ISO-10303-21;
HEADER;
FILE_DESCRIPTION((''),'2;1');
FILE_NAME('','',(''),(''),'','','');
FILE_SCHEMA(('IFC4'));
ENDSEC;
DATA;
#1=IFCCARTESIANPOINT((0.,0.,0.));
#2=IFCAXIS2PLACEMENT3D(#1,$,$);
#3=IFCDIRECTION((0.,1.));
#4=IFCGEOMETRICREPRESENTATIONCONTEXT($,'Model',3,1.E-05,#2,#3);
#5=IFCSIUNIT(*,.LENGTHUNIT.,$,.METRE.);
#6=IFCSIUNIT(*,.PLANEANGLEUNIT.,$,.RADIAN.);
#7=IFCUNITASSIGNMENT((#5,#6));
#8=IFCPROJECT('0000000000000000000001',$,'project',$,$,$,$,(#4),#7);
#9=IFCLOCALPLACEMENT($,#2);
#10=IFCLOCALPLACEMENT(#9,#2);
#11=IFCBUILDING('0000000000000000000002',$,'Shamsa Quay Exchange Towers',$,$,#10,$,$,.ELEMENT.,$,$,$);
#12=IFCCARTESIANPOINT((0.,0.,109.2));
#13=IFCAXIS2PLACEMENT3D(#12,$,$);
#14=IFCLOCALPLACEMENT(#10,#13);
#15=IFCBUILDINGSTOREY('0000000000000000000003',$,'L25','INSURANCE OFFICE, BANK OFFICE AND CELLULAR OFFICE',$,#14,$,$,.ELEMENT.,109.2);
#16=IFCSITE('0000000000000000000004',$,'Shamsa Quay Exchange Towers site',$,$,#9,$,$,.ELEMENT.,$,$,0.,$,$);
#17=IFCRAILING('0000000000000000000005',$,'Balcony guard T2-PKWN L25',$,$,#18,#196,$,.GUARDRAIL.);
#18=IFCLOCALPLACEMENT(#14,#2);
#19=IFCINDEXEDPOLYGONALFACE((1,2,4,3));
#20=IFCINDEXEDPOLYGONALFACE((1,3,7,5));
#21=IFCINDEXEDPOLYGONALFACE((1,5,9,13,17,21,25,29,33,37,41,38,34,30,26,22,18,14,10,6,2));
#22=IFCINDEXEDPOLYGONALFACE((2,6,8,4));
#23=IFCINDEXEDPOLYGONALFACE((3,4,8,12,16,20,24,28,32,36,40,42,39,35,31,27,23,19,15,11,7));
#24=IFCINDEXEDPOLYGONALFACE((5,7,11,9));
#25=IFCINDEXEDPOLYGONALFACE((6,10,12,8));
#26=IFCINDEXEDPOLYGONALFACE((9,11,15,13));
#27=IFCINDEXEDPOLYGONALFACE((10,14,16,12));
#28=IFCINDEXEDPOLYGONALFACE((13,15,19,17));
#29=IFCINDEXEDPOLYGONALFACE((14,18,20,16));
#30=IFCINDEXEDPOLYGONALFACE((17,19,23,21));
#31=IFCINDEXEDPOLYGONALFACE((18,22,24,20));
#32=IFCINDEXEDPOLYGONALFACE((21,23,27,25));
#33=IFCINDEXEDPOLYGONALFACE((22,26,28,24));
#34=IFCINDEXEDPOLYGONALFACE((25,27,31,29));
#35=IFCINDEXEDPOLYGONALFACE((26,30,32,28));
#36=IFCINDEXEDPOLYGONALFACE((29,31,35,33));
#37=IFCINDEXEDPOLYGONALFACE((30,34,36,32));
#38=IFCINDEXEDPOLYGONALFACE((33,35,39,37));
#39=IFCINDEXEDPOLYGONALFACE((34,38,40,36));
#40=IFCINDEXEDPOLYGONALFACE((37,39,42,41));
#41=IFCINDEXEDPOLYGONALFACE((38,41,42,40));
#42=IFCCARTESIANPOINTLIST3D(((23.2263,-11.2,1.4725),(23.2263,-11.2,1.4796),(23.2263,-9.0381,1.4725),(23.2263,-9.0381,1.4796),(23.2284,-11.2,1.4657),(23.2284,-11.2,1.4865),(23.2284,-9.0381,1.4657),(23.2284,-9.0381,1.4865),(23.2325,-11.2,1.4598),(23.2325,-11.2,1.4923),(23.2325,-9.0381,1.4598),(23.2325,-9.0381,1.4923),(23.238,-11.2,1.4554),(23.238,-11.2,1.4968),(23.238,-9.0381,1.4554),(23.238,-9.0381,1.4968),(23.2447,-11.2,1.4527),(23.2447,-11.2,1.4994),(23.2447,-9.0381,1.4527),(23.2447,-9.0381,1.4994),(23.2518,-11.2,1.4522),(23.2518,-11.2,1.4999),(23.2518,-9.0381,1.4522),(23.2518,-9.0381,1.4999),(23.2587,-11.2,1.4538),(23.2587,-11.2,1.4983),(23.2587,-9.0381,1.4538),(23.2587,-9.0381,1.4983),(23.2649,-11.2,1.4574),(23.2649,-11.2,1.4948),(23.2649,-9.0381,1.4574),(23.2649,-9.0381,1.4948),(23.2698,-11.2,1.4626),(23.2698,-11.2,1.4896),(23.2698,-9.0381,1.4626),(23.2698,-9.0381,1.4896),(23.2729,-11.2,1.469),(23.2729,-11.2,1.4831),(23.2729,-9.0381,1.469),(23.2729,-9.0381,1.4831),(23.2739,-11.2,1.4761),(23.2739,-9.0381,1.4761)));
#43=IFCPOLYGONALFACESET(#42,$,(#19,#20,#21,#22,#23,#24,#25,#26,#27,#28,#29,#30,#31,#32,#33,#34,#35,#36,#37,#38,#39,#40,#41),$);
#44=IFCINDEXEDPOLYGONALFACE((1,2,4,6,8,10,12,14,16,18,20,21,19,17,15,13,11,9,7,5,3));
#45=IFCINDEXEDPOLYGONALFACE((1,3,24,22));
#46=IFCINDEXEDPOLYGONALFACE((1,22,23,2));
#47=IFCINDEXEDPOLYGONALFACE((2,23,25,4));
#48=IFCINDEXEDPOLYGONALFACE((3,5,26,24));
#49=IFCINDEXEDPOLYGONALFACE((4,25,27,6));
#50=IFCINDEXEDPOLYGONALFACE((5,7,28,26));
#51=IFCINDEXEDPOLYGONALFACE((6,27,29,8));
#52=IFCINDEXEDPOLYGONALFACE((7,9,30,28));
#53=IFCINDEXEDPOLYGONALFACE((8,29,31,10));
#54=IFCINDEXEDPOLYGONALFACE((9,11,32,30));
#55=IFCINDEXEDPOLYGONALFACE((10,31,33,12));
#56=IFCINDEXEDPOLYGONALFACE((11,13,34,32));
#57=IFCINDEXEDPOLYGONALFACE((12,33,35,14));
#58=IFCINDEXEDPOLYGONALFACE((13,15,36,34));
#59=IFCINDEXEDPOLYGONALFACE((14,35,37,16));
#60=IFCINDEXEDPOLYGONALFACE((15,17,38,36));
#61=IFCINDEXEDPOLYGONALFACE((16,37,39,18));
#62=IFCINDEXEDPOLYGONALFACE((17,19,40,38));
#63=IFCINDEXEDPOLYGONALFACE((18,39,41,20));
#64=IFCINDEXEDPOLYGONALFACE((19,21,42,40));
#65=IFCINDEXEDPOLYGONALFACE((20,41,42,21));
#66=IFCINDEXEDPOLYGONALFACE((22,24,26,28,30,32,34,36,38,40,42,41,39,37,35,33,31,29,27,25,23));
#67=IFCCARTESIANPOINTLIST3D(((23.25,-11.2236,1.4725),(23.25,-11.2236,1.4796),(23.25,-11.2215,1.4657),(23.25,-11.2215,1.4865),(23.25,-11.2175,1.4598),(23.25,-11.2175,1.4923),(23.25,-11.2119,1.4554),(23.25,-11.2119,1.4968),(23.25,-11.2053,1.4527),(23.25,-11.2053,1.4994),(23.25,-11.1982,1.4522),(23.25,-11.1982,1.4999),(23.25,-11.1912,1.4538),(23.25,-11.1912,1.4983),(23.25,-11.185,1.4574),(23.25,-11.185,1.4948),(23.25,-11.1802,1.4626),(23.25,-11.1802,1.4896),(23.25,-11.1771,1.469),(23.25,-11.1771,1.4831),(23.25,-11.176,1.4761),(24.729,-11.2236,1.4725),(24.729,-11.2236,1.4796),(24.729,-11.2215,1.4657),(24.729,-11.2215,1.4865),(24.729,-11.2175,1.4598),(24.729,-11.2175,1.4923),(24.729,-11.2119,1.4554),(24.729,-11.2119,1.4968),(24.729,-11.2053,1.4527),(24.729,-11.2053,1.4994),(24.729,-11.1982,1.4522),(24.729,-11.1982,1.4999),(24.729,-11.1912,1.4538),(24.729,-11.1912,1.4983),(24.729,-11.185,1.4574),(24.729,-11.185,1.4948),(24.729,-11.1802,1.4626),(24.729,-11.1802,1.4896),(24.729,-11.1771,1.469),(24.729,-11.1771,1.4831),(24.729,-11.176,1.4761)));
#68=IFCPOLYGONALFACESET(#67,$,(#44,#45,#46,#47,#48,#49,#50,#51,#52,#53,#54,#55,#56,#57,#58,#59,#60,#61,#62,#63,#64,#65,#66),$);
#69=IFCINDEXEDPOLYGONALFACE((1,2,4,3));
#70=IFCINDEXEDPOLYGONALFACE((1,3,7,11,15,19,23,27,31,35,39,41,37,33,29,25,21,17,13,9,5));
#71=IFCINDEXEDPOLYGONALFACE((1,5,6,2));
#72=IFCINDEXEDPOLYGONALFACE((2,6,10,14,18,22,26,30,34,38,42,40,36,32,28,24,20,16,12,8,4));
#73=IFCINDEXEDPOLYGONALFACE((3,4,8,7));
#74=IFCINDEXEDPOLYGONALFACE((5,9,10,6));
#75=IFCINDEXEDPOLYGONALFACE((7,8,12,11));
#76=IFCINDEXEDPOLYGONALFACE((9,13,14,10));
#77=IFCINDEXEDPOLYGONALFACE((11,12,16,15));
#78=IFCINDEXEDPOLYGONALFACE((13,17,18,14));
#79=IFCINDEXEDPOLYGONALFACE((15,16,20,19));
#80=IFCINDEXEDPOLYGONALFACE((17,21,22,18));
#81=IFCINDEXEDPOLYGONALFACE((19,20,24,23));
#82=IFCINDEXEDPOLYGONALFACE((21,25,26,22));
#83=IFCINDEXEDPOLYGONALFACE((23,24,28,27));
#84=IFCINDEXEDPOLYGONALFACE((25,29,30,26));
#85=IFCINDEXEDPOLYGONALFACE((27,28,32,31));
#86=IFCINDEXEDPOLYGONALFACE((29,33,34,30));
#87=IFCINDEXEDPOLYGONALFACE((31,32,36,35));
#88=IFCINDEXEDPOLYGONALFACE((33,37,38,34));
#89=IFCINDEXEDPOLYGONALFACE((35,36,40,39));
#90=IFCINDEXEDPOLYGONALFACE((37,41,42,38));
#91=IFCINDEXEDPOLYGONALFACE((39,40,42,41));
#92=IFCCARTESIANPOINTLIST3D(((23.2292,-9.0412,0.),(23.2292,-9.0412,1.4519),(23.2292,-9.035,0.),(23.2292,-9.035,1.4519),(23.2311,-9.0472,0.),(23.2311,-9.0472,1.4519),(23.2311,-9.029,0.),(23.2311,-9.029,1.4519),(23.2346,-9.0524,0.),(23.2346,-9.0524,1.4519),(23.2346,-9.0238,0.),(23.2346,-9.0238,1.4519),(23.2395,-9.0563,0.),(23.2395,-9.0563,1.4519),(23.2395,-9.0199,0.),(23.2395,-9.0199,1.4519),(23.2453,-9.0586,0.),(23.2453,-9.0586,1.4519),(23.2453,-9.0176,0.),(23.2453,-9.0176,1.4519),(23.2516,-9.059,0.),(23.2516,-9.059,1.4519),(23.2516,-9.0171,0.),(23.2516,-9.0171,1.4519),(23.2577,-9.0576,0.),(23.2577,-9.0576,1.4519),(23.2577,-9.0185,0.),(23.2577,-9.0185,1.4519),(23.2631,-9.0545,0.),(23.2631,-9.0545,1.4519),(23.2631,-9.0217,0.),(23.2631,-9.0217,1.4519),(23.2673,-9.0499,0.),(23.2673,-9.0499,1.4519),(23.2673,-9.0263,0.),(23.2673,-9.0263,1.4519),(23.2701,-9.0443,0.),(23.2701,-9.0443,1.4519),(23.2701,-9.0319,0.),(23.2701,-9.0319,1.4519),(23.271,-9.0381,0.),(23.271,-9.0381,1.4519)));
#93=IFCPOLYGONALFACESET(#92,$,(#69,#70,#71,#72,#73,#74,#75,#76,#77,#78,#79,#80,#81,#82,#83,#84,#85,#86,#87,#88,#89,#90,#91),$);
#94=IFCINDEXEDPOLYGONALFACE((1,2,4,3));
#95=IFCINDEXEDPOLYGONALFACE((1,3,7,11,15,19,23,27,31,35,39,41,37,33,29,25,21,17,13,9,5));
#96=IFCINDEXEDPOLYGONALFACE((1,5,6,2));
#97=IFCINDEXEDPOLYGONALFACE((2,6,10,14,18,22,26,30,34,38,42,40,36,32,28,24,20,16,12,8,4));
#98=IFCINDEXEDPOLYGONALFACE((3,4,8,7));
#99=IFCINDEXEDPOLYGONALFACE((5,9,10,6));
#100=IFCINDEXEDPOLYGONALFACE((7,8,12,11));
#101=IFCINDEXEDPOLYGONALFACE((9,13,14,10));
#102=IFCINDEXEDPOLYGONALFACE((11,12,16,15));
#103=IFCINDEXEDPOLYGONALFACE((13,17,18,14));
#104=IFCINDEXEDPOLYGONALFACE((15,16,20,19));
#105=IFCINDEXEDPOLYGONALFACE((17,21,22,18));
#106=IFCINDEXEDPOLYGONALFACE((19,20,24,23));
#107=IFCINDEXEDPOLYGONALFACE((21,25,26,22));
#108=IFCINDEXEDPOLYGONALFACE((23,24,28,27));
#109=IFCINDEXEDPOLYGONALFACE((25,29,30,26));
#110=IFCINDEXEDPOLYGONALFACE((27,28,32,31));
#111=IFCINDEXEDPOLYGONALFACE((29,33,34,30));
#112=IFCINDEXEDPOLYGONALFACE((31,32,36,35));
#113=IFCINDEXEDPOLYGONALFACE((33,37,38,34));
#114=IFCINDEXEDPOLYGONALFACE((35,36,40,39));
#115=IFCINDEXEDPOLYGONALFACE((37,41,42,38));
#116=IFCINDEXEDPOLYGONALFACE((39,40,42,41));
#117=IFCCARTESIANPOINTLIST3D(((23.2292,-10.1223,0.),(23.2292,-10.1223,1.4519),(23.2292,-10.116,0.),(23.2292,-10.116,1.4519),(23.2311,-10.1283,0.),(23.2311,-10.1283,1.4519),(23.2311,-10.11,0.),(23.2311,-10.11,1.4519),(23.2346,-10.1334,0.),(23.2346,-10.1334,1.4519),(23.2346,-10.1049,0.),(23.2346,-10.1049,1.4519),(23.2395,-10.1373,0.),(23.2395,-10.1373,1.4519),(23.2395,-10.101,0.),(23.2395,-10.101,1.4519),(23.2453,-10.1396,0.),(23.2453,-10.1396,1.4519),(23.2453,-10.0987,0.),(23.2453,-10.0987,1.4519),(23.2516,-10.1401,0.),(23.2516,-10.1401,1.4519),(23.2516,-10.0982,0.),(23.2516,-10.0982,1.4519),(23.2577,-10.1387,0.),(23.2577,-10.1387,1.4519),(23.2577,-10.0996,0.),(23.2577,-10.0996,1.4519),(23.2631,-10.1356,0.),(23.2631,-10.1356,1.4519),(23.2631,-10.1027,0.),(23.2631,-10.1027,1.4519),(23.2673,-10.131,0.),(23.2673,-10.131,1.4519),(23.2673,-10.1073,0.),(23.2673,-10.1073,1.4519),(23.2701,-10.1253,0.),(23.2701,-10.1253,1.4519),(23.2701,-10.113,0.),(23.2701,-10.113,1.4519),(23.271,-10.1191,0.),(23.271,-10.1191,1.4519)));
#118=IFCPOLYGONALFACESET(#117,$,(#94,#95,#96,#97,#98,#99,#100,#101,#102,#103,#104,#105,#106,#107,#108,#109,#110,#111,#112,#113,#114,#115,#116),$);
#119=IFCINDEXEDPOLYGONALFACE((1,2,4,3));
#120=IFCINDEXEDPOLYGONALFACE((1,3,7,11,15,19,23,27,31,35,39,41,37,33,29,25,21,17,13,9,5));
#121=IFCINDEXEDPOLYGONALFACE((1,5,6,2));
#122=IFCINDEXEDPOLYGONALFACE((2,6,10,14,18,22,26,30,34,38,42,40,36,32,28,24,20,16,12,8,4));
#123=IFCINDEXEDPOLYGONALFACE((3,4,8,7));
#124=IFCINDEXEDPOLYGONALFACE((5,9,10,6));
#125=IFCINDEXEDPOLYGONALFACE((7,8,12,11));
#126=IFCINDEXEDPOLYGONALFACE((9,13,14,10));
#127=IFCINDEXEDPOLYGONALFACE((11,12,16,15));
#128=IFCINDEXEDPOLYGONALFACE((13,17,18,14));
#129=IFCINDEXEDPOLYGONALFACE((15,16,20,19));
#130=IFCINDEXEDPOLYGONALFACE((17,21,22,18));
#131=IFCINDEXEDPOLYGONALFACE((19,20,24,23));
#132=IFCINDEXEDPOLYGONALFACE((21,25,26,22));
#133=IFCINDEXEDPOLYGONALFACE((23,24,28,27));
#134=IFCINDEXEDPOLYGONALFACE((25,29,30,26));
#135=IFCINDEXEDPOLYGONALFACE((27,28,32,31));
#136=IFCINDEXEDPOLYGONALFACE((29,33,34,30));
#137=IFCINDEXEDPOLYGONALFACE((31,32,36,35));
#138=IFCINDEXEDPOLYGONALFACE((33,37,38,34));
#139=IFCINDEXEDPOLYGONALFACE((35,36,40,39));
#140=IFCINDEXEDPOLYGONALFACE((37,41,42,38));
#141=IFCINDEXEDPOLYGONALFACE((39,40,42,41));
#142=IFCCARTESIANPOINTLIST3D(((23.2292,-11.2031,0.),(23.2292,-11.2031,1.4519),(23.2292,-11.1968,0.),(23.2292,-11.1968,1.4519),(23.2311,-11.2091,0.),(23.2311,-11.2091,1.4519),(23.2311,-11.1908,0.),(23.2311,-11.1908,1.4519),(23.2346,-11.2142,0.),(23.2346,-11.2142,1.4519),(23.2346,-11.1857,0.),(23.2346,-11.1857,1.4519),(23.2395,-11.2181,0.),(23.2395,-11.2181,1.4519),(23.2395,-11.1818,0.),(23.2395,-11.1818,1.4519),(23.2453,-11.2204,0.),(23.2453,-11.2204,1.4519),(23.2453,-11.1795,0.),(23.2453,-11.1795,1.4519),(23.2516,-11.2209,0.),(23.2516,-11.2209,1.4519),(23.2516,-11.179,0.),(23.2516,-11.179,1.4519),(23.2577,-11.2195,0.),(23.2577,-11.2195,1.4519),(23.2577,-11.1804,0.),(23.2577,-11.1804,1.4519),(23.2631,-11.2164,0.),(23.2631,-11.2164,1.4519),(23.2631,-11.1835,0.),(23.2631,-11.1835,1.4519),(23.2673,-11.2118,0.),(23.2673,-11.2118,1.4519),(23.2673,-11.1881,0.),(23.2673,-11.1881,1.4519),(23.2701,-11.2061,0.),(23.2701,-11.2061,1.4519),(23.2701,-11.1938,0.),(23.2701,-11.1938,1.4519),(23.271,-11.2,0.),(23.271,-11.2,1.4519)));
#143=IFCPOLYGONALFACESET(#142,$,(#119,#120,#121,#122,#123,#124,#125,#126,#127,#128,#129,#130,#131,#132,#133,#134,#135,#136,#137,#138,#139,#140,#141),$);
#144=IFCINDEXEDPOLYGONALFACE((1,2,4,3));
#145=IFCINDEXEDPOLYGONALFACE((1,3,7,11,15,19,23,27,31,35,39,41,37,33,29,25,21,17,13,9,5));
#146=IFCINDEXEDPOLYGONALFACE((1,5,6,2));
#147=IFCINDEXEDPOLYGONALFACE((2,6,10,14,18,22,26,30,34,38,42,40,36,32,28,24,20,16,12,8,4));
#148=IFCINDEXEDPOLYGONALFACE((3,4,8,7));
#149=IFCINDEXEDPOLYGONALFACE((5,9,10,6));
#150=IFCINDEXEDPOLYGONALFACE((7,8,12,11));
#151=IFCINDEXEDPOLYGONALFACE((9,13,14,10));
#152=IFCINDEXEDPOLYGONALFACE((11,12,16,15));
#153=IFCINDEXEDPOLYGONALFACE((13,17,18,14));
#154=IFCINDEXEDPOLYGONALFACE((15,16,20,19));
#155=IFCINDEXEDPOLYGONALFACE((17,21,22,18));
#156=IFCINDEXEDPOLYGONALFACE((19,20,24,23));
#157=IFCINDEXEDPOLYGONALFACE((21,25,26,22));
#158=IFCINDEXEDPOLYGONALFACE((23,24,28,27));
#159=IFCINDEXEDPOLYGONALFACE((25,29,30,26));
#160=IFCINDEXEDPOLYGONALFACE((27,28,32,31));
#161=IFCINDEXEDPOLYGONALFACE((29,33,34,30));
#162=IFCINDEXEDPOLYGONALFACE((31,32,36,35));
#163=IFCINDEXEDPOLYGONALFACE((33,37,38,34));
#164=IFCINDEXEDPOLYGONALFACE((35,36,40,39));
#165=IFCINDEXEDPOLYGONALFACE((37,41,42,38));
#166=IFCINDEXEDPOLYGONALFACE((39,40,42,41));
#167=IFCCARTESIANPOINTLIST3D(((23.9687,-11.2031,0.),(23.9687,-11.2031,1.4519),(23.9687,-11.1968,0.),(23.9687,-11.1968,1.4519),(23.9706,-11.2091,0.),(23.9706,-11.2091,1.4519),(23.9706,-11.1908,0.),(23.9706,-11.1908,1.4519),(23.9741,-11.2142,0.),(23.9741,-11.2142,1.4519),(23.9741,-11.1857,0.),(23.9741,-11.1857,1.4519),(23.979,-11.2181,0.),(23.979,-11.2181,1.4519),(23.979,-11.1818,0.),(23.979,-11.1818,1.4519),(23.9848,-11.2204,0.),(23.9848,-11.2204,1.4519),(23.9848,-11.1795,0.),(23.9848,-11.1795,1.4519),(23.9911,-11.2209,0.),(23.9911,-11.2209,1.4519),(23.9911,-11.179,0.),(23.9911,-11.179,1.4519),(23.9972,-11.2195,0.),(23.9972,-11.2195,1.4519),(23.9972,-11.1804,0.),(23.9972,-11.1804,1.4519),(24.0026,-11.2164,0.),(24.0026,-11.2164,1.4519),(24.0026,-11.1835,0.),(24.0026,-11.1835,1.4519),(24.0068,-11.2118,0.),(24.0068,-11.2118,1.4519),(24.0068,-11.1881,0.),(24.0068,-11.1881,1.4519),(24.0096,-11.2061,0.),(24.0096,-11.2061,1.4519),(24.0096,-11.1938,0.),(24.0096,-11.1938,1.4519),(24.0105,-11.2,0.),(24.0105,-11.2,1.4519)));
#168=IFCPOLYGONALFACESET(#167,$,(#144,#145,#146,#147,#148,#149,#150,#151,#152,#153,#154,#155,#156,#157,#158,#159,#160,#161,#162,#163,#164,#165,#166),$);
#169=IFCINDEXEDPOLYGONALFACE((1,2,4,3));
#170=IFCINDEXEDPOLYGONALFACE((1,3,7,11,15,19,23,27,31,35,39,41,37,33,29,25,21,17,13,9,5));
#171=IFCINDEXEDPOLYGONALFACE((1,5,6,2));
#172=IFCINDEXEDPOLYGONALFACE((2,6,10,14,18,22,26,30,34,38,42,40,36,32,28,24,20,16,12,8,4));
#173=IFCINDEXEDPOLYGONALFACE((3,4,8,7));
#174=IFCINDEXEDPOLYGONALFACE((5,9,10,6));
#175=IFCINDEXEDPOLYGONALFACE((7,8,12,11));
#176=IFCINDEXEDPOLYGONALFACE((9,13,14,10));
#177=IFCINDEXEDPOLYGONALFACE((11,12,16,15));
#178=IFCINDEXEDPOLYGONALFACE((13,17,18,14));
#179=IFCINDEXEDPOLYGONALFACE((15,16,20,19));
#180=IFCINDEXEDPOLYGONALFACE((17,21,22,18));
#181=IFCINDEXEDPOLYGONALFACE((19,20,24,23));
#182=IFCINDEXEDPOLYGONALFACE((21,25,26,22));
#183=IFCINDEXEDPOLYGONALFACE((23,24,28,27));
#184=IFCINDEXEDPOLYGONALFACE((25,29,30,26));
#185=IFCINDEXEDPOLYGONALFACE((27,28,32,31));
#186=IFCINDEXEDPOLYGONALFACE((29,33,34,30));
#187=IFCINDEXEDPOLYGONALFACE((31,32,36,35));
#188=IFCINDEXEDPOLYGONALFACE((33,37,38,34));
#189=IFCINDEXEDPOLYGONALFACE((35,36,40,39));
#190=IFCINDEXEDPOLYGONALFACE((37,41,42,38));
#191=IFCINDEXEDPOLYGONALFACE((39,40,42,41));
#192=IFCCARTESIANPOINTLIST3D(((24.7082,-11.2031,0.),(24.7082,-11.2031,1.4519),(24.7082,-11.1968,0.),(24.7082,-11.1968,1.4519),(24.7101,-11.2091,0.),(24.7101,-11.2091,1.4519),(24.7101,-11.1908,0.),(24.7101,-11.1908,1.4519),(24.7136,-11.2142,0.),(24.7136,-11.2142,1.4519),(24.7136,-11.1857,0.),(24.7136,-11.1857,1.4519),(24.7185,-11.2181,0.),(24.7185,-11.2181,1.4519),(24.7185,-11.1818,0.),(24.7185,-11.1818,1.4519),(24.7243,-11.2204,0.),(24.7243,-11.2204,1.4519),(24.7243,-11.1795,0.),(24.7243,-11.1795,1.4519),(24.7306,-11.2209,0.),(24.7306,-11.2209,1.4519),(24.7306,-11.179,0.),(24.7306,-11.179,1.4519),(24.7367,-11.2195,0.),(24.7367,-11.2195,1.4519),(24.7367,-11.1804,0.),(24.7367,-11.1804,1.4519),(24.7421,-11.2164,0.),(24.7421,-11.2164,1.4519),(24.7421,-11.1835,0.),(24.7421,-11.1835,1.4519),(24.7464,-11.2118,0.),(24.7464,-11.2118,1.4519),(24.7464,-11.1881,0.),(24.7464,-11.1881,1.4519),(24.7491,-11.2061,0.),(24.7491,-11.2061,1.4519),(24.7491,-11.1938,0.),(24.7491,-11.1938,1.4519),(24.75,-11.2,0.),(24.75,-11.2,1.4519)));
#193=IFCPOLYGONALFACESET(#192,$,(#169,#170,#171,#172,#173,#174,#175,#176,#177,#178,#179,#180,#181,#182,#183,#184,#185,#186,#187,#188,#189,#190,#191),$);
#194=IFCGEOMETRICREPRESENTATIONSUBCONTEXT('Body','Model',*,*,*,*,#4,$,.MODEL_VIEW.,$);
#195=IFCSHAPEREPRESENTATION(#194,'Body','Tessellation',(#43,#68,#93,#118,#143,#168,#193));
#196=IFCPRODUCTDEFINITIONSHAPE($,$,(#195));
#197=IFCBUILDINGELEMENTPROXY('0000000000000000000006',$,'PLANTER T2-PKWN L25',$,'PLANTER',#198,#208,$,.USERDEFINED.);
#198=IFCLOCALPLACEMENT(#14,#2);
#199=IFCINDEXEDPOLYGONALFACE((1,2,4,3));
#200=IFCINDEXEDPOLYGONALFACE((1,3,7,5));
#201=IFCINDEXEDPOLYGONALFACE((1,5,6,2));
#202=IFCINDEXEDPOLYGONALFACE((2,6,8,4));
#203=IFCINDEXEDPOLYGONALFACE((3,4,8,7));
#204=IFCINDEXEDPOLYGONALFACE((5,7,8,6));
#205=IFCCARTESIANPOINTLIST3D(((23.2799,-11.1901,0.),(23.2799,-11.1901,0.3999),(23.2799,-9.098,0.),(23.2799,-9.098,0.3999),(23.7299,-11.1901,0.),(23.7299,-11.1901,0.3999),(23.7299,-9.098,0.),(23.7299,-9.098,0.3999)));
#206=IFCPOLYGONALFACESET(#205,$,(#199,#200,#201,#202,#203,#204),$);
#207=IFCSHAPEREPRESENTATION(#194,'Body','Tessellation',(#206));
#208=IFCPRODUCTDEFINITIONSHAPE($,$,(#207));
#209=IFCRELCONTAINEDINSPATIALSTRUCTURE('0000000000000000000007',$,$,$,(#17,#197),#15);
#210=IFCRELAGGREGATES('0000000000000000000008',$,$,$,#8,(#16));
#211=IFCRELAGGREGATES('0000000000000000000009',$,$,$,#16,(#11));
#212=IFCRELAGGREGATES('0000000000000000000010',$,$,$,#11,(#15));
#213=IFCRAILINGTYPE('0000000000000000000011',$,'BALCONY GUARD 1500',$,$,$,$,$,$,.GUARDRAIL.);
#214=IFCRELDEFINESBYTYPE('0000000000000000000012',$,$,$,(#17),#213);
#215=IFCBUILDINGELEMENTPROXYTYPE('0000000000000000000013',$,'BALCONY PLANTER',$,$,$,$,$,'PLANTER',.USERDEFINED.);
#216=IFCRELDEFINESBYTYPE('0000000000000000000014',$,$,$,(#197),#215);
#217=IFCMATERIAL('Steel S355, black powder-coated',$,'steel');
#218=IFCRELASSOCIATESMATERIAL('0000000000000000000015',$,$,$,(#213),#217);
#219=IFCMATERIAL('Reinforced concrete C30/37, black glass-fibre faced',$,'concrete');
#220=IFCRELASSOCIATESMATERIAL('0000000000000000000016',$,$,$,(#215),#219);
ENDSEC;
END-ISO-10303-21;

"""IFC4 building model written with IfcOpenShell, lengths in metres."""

from ifc_helpers import new_model, si_unit, direction, frame, origin, origin_2d, place, context, subcontext, project, spatial, rectangle, circle, extrude, material, type_object, element, save


model = new_model("IFC4")

# Units and contexts
model_context = context("Model", 3, precision=1e-05, world=origin(), true_north=direction((0.0, 1.0)))
body_context = subcontext(model_context, "Body", "Model", "MODEL_VIEW")
ifc_project = project(units=[si_unit("LENGTHUNIT", "METRE"), si_unit("PLANEANGLEUNIT", "RADIAN")], contexts=[model_context])

# Site, building, storey
site_placement = place(None, origin())
site = spatial("IfcSite", under=ifc_project, at=site_placement, Name="Shamsa Quay Exchange Towers site", CompositionType="ELEMENT", RefElevation=0.0)
building_placement = place(site_placement, origin())
building = spatial("IfcBuilding", under=site, at=building_placement, Name="Shamsa Quay Exchange Towers", CompositionType="ELEMENT")
storey_placement = place(building_placement, frame((0.0, 0.0, 109.2)))
storey = spatial("IfcBuildingStorey", under=building, at=storey_placement, Name="L25", Description="INSURANCE OFFICE, BANK OFFICE AND CELLULAR OFFICE", CompositionType="ELEMENT", Elevation=109.2)

# Railing
ifc_material_1 = material(Name="Steel S355, black powder-coated", Category="steel")
railing_type = type_object("IfcRailingType", Name="BALCONY GUARD 1500", PredefinedType="GUARDRAIL", material=ifc_material_1)
railing_placement = place(storey_placement, frame((23.25, -9.0381, 0.0)))
element("IfcRailing", 1, at=railing_placement, inside=storey, type_object=railing_type, Name="Balcony guard T2-PKWN L25", PredefinedType="GUARDRAIL", context=body_context, shape_type="SweptSolid", body=[
    extrude(circle(Radius=0.0239, at=origin_2d()), frame((0.0, 0.0, 1.4761), z_axis=(0.0, -1.0, 0.0), x_axis=(1.0, 0.0, 0.0)), (0.0, 0.0, 1.0), 2.1619),
    extrude(circle(Radius=0.0239, at=origin_2d()), frame((0.0, -2.1619, 1.4761), z_axis=(1.0, 0.0, 0.0), x_axis=(0.0, 1.0, 0.0)), (0.0, 0.0, 1.0), 1.479),
    extrude(circle(Radius=0.021, at=origin_2d()), origin(), (0.0, 0.0, 1.0), 1.4519),
    extrude(circle(Radius=0.021, at=origin_2d()), frame((0.0, -1.0811, 0.0)), (0.0, 0.0, 1.0), 1.4519),
    extrude(circle(Radius=0.021, at=origin_2d()), frame((0.0, -2.1619, 0.0)), (0.0, 0.0, 1.0), 1.4519),
    extrude(circle(Radius=0.021, at=origin_2d()), frame((0.7395, -2.1619, 0.0)), (0.0, 0.0, 1.0), 1.4519),
    extrude(circle(Radius=0.021, at=origin_2d()), frame((1.479, -2.1619, 0.0)), (0.0, 0.0, 1.0), 1.4519),
])

# Building element proxy
ifc_material_2 = material(Name="Reinforced concrete C30/37, black glass-fibre faced", Category="concrete")
building_element_proxy_type = type_object("IfcBuildingElementProxyType", Name="BALCONY PLANTER", ElementType="PLANTER", PredefinedType="USERDEFINED", material=ifc_material_2)
proxy_placement = place(storey_placement, frame((23.5049, -10.144, 0.0), z_axis=(0.0, 0.0, 1.0), x_axis=(0.0, -1.0, 0.0)))
element("IfcBuildingElementProxy", 2, at=proxy_placement, inside=storey, type_object=building_element_proxy_type, Name="PLANTER T2-PKWN L25", ObjectType="PLANTER", PredefinedType="USERDEFINED", context=body_context, shape_type="SweptSolid", body=[
    extrude(rectangle(XDim=2.092, YDim=0.45, at=origin_2d()), origin(), (0.0, 0.0, 1.0), 0.3999),
])

save(model, "model.ifc")
